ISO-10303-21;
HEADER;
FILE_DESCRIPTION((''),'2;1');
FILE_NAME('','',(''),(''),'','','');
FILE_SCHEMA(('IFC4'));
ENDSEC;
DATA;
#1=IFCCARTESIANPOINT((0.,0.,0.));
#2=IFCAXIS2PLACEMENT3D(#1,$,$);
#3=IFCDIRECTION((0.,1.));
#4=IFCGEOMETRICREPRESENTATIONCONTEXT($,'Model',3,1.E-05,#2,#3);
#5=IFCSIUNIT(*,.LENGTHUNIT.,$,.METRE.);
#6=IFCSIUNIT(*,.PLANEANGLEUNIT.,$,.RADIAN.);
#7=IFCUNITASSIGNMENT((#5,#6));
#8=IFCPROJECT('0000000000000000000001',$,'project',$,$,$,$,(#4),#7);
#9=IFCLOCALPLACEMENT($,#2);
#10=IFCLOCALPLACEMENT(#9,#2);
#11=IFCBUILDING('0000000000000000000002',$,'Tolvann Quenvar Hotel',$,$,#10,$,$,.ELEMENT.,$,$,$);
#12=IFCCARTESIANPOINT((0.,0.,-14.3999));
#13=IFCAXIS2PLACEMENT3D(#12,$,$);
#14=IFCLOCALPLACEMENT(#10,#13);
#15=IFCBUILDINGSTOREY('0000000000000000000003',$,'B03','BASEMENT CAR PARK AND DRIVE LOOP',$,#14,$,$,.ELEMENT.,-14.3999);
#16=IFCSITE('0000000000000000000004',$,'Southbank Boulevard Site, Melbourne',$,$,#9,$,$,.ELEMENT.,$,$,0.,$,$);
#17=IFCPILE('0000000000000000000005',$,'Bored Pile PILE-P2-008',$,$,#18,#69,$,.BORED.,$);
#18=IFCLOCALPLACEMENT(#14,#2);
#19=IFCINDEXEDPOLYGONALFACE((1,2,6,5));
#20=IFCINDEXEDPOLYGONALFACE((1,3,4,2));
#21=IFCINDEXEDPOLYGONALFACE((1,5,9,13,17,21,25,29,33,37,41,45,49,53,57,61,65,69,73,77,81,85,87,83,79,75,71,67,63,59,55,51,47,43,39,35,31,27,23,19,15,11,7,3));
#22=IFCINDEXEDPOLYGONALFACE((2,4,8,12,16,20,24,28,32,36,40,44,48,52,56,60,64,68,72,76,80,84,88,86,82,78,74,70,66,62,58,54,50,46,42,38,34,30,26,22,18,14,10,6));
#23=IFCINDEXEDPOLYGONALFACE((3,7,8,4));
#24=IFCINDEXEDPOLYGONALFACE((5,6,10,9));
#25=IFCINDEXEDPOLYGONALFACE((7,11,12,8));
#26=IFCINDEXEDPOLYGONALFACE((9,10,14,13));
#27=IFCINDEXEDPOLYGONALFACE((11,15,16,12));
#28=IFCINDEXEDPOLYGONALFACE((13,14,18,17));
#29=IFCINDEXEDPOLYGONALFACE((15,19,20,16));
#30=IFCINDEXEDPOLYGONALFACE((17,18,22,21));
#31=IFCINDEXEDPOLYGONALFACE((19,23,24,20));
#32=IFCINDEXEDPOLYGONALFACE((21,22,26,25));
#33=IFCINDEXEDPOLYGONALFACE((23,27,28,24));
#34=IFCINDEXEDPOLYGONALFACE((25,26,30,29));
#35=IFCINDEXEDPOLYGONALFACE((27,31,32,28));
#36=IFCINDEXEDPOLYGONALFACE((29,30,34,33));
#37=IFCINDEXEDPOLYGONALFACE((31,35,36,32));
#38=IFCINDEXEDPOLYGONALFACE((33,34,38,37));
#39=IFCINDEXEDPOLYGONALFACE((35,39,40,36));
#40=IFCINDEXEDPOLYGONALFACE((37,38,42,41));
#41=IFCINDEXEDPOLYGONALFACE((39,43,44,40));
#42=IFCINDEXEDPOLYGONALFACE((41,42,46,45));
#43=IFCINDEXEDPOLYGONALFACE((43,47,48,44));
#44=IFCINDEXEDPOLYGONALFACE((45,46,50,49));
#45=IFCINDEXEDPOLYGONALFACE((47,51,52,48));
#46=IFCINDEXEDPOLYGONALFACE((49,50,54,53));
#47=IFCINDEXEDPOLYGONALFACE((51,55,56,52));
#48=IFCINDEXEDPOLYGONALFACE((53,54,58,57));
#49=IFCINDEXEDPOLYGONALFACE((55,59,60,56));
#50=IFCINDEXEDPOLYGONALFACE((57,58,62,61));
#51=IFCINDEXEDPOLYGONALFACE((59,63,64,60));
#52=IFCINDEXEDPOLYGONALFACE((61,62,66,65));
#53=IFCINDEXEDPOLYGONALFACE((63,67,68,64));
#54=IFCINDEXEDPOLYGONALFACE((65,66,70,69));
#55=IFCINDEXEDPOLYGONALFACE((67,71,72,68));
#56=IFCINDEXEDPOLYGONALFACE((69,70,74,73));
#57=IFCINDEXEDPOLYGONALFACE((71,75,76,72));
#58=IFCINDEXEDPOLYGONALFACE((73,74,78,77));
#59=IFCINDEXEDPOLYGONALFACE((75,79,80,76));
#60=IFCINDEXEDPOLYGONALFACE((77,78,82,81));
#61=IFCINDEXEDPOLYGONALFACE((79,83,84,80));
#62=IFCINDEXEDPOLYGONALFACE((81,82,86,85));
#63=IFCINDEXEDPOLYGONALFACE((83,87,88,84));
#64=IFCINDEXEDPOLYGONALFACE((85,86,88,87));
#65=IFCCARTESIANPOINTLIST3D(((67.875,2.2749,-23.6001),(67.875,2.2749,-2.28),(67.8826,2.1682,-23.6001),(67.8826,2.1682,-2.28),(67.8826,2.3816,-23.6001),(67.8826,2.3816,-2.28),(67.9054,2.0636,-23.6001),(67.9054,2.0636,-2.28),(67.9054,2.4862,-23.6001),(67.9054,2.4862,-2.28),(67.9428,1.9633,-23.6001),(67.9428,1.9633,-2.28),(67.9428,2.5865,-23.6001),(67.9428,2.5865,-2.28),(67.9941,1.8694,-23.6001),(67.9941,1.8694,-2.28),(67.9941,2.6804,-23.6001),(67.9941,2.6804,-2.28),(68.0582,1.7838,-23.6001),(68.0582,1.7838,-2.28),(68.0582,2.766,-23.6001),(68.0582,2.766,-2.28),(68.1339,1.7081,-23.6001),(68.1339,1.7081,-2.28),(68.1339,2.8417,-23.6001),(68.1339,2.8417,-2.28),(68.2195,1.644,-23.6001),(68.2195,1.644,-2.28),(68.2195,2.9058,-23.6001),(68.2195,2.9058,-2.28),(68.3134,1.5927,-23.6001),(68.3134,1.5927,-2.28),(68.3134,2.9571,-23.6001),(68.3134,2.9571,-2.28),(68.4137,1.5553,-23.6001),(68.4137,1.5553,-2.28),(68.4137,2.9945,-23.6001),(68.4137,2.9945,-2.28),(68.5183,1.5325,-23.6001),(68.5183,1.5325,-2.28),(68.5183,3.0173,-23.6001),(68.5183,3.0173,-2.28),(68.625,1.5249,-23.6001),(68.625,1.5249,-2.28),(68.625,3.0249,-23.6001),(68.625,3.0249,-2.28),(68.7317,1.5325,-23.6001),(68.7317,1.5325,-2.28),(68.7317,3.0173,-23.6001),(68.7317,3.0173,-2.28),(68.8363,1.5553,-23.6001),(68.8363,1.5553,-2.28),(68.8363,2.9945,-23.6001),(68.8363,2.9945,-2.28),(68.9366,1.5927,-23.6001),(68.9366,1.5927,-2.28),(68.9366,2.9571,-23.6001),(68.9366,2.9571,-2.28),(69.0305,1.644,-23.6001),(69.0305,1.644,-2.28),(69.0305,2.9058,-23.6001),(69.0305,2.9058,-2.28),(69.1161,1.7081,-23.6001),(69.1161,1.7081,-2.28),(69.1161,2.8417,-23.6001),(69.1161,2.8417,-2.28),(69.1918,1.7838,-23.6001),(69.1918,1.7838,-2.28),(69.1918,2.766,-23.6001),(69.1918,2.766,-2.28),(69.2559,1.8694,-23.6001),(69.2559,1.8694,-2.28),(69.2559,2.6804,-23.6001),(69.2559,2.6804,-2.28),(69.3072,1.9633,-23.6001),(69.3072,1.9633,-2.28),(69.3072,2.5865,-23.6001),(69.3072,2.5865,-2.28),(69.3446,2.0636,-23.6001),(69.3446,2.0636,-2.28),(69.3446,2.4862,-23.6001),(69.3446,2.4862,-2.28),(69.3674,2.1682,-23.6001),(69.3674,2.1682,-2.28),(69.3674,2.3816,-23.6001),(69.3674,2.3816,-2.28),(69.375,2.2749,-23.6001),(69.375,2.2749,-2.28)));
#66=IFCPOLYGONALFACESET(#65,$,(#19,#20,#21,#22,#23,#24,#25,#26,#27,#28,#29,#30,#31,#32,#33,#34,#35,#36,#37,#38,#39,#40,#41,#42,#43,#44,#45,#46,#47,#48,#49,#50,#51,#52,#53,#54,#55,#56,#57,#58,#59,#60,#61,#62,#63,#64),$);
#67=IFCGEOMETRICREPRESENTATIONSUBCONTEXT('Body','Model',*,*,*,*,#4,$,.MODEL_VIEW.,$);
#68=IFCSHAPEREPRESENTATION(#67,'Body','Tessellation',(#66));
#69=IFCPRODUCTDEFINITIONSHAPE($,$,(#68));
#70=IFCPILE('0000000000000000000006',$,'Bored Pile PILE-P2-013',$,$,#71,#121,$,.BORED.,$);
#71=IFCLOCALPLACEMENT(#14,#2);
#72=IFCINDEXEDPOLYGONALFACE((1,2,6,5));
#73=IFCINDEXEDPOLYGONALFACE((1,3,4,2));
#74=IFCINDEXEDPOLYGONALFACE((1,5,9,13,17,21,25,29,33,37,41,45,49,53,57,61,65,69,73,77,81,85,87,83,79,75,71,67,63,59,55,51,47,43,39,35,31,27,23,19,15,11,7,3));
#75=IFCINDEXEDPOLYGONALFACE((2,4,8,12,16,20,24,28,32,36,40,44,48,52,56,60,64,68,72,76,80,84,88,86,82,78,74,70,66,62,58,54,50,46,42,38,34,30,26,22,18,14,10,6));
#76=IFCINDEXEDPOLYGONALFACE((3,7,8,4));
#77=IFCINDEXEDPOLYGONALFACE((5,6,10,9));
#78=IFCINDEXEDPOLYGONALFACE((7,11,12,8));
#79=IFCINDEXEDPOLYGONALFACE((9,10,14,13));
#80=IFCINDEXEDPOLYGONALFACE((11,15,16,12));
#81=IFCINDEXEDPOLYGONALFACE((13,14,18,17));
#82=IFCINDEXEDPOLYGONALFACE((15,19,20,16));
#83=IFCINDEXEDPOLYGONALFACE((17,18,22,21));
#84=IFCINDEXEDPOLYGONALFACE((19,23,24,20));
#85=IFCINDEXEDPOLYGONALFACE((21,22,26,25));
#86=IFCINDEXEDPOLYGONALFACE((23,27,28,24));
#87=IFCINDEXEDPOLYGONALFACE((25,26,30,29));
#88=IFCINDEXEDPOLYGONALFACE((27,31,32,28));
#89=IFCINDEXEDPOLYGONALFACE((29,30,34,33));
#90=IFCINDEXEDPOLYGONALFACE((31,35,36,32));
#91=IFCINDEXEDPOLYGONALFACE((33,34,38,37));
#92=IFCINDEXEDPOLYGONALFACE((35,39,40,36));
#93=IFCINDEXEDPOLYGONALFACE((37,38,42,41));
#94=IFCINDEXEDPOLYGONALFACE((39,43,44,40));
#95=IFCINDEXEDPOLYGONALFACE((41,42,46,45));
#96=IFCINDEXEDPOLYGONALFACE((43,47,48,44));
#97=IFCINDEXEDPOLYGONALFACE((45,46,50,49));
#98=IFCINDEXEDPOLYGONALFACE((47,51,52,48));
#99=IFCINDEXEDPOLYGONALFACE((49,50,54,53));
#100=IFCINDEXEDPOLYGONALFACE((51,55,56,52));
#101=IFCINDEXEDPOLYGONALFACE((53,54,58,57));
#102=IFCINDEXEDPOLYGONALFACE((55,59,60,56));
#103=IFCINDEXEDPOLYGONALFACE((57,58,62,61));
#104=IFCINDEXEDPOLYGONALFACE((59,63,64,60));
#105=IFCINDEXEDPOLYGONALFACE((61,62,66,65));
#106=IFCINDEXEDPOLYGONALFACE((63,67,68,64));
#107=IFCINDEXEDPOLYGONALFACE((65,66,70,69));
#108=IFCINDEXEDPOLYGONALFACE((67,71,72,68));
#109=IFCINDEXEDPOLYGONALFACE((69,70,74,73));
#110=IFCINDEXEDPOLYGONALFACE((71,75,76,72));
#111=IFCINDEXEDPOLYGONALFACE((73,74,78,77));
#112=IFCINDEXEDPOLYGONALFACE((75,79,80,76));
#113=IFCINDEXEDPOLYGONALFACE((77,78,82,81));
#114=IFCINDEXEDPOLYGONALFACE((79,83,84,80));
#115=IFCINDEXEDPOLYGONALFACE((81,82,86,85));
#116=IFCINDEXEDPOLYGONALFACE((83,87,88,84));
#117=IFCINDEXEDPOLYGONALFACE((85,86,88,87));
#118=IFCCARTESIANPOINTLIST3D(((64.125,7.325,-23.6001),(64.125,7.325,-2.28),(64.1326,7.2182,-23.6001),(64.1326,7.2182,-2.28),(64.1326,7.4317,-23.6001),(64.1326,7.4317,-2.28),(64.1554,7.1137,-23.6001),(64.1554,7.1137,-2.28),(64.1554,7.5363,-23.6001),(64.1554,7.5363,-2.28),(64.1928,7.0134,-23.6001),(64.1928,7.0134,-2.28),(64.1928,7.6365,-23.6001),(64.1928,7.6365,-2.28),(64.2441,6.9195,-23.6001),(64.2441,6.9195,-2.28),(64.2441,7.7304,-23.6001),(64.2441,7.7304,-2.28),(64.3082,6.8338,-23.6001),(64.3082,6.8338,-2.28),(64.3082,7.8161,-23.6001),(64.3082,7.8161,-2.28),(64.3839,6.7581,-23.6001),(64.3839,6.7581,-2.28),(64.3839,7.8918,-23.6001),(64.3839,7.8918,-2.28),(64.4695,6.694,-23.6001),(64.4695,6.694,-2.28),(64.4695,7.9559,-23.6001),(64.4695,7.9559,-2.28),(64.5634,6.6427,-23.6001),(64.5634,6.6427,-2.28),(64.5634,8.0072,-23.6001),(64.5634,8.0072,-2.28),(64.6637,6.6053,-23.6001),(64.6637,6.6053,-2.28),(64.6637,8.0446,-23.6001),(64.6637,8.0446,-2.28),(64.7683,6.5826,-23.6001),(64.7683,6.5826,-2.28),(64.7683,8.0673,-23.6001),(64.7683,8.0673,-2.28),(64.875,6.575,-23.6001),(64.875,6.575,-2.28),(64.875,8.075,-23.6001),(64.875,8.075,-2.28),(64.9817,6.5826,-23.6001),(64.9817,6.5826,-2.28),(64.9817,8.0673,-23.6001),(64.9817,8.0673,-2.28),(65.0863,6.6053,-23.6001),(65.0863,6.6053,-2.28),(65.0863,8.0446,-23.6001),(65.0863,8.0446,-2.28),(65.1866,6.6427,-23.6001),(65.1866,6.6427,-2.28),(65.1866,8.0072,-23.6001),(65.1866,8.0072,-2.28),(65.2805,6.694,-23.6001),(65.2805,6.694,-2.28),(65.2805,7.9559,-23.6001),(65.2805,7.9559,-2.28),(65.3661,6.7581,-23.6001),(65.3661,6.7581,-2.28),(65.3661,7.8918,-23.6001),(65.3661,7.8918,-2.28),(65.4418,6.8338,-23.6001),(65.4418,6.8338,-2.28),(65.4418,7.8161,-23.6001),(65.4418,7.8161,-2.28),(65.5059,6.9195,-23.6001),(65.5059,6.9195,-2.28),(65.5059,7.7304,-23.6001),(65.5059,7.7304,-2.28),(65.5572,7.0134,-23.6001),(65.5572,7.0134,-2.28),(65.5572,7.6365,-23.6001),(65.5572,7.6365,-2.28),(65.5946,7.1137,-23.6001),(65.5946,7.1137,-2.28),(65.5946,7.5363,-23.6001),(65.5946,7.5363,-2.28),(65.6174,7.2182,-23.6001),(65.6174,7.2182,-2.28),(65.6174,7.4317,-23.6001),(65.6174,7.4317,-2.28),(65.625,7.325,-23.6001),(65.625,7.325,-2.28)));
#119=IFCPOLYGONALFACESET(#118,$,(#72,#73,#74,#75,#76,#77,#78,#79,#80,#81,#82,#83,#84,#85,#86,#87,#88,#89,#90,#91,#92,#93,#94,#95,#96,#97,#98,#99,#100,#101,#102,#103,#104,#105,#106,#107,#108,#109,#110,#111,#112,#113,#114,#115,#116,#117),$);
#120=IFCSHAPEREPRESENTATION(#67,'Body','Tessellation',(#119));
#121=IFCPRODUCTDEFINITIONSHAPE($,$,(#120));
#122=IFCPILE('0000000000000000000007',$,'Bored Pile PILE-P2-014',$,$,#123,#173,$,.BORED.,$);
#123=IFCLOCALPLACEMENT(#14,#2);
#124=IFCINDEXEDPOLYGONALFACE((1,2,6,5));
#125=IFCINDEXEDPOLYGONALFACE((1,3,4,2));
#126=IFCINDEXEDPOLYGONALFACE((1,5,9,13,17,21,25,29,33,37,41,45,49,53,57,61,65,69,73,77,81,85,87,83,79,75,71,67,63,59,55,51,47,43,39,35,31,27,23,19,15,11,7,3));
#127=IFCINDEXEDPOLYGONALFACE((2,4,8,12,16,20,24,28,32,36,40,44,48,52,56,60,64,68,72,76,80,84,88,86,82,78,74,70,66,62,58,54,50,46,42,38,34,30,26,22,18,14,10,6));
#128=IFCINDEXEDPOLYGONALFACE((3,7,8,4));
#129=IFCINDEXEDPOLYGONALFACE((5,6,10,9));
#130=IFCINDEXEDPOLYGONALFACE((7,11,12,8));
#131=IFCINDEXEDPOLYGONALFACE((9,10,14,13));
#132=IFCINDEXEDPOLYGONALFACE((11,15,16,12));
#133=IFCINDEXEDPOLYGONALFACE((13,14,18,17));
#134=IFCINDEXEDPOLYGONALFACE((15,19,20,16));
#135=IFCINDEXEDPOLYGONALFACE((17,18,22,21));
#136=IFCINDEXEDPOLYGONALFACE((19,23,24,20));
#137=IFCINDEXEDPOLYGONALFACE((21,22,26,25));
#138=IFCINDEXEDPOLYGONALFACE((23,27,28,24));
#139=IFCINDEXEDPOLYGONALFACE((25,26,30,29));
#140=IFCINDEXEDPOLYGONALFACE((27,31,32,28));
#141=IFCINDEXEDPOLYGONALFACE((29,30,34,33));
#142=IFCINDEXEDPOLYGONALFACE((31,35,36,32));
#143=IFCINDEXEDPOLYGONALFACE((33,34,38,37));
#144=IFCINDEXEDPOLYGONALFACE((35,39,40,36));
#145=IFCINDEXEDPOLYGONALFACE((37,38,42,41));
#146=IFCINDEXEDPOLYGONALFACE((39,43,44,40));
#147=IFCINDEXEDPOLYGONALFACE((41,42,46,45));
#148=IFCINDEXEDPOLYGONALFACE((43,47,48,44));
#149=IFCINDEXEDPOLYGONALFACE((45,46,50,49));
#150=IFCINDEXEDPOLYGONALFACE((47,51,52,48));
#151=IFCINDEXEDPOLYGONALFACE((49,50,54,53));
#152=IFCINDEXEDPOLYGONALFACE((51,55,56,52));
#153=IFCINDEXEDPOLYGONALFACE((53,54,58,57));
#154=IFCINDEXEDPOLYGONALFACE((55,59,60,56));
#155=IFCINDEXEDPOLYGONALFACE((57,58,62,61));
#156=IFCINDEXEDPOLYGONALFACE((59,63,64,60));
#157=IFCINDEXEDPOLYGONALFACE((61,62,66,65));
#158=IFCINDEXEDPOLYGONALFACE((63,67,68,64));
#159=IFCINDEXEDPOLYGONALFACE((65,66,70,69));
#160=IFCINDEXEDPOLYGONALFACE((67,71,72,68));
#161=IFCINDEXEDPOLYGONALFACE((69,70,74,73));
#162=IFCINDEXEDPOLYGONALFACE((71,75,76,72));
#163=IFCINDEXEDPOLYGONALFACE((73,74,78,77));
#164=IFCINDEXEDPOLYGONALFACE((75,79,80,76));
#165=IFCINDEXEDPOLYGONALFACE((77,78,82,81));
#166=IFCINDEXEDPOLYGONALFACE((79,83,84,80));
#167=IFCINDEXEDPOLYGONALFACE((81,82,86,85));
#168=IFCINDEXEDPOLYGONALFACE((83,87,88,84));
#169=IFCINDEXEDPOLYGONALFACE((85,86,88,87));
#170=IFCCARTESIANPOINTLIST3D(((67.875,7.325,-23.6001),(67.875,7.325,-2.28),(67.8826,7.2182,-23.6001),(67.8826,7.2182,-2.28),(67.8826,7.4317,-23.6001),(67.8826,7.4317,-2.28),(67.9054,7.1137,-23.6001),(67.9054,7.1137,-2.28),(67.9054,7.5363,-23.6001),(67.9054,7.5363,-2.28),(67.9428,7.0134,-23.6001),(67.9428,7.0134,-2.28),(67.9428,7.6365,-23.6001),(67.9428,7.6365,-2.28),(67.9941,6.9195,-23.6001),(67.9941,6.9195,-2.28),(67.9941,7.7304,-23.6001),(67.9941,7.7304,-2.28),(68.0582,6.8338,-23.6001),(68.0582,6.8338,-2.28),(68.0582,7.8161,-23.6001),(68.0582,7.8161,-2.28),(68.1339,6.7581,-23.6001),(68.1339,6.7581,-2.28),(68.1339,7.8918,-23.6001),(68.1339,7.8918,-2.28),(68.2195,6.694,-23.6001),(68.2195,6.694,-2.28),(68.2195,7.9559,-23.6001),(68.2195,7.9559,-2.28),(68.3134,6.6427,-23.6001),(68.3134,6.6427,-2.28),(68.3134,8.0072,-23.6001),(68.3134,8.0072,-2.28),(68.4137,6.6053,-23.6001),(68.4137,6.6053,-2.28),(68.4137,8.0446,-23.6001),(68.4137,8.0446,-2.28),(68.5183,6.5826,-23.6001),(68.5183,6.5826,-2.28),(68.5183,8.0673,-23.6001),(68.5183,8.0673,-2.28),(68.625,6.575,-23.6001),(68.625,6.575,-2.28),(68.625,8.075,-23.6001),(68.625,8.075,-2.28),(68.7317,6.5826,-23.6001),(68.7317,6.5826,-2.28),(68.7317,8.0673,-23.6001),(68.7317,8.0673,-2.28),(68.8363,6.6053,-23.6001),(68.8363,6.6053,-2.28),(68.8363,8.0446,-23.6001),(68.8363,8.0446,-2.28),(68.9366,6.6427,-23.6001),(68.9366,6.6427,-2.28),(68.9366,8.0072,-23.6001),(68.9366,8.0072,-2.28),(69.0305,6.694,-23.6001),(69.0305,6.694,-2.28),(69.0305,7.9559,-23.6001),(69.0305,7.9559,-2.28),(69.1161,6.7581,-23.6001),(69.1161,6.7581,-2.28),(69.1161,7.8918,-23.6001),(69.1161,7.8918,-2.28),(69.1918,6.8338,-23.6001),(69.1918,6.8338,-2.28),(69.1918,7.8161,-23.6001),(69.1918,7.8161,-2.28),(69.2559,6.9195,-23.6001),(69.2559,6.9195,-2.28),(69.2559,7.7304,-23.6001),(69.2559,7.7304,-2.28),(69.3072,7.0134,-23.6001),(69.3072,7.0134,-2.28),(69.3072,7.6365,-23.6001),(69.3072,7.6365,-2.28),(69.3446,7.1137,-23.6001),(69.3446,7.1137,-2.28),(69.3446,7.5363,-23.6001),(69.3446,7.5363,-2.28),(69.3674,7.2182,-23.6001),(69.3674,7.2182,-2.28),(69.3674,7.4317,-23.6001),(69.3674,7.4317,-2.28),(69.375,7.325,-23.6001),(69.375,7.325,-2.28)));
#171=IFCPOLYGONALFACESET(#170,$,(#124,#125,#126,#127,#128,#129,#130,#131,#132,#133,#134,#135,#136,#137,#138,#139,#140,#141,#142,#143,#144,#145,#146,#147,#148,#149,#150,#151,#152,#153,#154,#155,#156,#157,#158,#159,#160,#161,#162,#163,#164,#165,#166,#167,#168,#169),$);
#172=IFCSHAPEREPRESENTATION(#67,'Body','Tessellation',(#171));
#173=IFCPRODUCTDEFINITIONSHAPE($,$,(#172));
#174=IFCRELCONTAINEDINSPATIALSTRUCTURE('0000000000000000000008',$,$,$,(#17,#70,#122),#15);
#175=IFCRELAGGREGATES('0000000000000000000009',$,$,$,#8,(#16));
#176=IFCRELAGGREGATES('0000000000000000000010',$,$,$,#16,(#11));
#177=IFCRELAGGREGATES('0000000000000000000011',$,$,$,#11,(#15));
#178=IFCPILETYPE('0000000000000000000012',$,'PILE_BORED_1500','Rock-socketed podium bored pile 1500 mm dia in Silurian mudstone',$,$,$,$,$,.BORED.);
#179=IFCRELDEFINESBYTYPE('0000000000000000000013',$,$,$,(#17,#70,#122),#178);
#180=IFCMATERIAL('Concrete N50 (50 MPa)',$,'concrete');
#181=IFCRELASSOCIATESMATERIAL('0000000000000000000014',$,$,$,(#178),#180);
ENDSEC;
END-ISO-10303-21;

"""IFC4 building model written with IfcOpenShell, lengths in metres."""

from ifc_helpers import new_model, si_unit, direction, frame, origin, origin_2d, place, context, subcontext, project, spatial, circle, extrude, material, material_profile, profile_set, type_object, element, save


model = new_model("IFC4")

# Units and contexts
model_context = context("Model", 3, precision=1e-05, world=origin(), true_north=direction((0.0, 1.0)))
body_context = subcontext(model_context, "Body", "Model", "MODEL_VIEW")
ifc_project = project(units=[si_unit("LENGTHUNIT", "METRE"), si_unit("PLANEANGLEUNIT", "RADIAN")], contexts=[model_context])

# Site, building, storey
site_placement = place(None, origin())
site = spatial("IfcSite", under=ifc_project, at=site_placement, Name="Southbank Boulevard Site, Melbourne", CompositionType="ELEMENT", RefElevation=0.0)
building_placement = place(site_placement, origin())
building = spatial("IfcBuilding", under=site, at=building_placement, Name="Tolvann Quenvar Hotel", CompositionType="ELEMENT")
storey_placement = place(building_placement, frame((0.0, 0.0, -14.3999)))
storey = spatial("IfcBuildingStorey", under=building, at=storey_placement, Name="B03", Description="BASEMENT CAR PARK AND DRIVE LOOP", CompositionType="ELEMENT", Elevation=-14.3999)

# Piles
ifc_material_1 = material(Name="Concrete N50 (50 MPa)", Category="concrete")
ifc_material_profile_1 = material_profile(ifc_material_1, circle(Radius=0.75, at=origin_2d()), Name="PILE1500")
ifc_profile_set_1 = profile_set([ifc_material_profile_1], Name="Concrete N50 (50 MPa)")
pile_type_1 = type_object("IfcPileType", Name="PILE_BORED_1500", Description="Rock-socketed podium bored pile 1500 mm dia in Silurian mudstone", PredefinedType="BORED", material=ifc_profile_set_1)
for number, where, z_axis, x_axis, name in (
    (1, (68.625, 2.2749, -2.28), (0.0, 0.0, -1.0), (1.0, 0.0, 0.0), "Bored Pile PILE-P2-008"),
    (2, (64.875, 7.325, -2.28), (0.0, 0.0, -1.0), (1.0, 0.0, 0.0), "Bored Pile PILE-P2-013"),
    (3, (68.625, 7.325, -2.28), (0.0, 0.0, -1.0), (1.0, 0.0, 0.0), "Bored Pile PILE-P2-014"),
):
    element("IfcPile", number, at=place(storey_placement, frame(where, z_axis=z_axis, x_axis=x_axis)), inside=storey, type_object=pile_type_1, Name=name, PredefinedType="BORED", context=body_context, shape_type="SweptSolid", body=[
        extrude(circle(Radius=0.75, at=origin_2d()), origin(), (0.0, 0.0, 1.0), 21.3201),
    ])

save(model, "model.ifc")
